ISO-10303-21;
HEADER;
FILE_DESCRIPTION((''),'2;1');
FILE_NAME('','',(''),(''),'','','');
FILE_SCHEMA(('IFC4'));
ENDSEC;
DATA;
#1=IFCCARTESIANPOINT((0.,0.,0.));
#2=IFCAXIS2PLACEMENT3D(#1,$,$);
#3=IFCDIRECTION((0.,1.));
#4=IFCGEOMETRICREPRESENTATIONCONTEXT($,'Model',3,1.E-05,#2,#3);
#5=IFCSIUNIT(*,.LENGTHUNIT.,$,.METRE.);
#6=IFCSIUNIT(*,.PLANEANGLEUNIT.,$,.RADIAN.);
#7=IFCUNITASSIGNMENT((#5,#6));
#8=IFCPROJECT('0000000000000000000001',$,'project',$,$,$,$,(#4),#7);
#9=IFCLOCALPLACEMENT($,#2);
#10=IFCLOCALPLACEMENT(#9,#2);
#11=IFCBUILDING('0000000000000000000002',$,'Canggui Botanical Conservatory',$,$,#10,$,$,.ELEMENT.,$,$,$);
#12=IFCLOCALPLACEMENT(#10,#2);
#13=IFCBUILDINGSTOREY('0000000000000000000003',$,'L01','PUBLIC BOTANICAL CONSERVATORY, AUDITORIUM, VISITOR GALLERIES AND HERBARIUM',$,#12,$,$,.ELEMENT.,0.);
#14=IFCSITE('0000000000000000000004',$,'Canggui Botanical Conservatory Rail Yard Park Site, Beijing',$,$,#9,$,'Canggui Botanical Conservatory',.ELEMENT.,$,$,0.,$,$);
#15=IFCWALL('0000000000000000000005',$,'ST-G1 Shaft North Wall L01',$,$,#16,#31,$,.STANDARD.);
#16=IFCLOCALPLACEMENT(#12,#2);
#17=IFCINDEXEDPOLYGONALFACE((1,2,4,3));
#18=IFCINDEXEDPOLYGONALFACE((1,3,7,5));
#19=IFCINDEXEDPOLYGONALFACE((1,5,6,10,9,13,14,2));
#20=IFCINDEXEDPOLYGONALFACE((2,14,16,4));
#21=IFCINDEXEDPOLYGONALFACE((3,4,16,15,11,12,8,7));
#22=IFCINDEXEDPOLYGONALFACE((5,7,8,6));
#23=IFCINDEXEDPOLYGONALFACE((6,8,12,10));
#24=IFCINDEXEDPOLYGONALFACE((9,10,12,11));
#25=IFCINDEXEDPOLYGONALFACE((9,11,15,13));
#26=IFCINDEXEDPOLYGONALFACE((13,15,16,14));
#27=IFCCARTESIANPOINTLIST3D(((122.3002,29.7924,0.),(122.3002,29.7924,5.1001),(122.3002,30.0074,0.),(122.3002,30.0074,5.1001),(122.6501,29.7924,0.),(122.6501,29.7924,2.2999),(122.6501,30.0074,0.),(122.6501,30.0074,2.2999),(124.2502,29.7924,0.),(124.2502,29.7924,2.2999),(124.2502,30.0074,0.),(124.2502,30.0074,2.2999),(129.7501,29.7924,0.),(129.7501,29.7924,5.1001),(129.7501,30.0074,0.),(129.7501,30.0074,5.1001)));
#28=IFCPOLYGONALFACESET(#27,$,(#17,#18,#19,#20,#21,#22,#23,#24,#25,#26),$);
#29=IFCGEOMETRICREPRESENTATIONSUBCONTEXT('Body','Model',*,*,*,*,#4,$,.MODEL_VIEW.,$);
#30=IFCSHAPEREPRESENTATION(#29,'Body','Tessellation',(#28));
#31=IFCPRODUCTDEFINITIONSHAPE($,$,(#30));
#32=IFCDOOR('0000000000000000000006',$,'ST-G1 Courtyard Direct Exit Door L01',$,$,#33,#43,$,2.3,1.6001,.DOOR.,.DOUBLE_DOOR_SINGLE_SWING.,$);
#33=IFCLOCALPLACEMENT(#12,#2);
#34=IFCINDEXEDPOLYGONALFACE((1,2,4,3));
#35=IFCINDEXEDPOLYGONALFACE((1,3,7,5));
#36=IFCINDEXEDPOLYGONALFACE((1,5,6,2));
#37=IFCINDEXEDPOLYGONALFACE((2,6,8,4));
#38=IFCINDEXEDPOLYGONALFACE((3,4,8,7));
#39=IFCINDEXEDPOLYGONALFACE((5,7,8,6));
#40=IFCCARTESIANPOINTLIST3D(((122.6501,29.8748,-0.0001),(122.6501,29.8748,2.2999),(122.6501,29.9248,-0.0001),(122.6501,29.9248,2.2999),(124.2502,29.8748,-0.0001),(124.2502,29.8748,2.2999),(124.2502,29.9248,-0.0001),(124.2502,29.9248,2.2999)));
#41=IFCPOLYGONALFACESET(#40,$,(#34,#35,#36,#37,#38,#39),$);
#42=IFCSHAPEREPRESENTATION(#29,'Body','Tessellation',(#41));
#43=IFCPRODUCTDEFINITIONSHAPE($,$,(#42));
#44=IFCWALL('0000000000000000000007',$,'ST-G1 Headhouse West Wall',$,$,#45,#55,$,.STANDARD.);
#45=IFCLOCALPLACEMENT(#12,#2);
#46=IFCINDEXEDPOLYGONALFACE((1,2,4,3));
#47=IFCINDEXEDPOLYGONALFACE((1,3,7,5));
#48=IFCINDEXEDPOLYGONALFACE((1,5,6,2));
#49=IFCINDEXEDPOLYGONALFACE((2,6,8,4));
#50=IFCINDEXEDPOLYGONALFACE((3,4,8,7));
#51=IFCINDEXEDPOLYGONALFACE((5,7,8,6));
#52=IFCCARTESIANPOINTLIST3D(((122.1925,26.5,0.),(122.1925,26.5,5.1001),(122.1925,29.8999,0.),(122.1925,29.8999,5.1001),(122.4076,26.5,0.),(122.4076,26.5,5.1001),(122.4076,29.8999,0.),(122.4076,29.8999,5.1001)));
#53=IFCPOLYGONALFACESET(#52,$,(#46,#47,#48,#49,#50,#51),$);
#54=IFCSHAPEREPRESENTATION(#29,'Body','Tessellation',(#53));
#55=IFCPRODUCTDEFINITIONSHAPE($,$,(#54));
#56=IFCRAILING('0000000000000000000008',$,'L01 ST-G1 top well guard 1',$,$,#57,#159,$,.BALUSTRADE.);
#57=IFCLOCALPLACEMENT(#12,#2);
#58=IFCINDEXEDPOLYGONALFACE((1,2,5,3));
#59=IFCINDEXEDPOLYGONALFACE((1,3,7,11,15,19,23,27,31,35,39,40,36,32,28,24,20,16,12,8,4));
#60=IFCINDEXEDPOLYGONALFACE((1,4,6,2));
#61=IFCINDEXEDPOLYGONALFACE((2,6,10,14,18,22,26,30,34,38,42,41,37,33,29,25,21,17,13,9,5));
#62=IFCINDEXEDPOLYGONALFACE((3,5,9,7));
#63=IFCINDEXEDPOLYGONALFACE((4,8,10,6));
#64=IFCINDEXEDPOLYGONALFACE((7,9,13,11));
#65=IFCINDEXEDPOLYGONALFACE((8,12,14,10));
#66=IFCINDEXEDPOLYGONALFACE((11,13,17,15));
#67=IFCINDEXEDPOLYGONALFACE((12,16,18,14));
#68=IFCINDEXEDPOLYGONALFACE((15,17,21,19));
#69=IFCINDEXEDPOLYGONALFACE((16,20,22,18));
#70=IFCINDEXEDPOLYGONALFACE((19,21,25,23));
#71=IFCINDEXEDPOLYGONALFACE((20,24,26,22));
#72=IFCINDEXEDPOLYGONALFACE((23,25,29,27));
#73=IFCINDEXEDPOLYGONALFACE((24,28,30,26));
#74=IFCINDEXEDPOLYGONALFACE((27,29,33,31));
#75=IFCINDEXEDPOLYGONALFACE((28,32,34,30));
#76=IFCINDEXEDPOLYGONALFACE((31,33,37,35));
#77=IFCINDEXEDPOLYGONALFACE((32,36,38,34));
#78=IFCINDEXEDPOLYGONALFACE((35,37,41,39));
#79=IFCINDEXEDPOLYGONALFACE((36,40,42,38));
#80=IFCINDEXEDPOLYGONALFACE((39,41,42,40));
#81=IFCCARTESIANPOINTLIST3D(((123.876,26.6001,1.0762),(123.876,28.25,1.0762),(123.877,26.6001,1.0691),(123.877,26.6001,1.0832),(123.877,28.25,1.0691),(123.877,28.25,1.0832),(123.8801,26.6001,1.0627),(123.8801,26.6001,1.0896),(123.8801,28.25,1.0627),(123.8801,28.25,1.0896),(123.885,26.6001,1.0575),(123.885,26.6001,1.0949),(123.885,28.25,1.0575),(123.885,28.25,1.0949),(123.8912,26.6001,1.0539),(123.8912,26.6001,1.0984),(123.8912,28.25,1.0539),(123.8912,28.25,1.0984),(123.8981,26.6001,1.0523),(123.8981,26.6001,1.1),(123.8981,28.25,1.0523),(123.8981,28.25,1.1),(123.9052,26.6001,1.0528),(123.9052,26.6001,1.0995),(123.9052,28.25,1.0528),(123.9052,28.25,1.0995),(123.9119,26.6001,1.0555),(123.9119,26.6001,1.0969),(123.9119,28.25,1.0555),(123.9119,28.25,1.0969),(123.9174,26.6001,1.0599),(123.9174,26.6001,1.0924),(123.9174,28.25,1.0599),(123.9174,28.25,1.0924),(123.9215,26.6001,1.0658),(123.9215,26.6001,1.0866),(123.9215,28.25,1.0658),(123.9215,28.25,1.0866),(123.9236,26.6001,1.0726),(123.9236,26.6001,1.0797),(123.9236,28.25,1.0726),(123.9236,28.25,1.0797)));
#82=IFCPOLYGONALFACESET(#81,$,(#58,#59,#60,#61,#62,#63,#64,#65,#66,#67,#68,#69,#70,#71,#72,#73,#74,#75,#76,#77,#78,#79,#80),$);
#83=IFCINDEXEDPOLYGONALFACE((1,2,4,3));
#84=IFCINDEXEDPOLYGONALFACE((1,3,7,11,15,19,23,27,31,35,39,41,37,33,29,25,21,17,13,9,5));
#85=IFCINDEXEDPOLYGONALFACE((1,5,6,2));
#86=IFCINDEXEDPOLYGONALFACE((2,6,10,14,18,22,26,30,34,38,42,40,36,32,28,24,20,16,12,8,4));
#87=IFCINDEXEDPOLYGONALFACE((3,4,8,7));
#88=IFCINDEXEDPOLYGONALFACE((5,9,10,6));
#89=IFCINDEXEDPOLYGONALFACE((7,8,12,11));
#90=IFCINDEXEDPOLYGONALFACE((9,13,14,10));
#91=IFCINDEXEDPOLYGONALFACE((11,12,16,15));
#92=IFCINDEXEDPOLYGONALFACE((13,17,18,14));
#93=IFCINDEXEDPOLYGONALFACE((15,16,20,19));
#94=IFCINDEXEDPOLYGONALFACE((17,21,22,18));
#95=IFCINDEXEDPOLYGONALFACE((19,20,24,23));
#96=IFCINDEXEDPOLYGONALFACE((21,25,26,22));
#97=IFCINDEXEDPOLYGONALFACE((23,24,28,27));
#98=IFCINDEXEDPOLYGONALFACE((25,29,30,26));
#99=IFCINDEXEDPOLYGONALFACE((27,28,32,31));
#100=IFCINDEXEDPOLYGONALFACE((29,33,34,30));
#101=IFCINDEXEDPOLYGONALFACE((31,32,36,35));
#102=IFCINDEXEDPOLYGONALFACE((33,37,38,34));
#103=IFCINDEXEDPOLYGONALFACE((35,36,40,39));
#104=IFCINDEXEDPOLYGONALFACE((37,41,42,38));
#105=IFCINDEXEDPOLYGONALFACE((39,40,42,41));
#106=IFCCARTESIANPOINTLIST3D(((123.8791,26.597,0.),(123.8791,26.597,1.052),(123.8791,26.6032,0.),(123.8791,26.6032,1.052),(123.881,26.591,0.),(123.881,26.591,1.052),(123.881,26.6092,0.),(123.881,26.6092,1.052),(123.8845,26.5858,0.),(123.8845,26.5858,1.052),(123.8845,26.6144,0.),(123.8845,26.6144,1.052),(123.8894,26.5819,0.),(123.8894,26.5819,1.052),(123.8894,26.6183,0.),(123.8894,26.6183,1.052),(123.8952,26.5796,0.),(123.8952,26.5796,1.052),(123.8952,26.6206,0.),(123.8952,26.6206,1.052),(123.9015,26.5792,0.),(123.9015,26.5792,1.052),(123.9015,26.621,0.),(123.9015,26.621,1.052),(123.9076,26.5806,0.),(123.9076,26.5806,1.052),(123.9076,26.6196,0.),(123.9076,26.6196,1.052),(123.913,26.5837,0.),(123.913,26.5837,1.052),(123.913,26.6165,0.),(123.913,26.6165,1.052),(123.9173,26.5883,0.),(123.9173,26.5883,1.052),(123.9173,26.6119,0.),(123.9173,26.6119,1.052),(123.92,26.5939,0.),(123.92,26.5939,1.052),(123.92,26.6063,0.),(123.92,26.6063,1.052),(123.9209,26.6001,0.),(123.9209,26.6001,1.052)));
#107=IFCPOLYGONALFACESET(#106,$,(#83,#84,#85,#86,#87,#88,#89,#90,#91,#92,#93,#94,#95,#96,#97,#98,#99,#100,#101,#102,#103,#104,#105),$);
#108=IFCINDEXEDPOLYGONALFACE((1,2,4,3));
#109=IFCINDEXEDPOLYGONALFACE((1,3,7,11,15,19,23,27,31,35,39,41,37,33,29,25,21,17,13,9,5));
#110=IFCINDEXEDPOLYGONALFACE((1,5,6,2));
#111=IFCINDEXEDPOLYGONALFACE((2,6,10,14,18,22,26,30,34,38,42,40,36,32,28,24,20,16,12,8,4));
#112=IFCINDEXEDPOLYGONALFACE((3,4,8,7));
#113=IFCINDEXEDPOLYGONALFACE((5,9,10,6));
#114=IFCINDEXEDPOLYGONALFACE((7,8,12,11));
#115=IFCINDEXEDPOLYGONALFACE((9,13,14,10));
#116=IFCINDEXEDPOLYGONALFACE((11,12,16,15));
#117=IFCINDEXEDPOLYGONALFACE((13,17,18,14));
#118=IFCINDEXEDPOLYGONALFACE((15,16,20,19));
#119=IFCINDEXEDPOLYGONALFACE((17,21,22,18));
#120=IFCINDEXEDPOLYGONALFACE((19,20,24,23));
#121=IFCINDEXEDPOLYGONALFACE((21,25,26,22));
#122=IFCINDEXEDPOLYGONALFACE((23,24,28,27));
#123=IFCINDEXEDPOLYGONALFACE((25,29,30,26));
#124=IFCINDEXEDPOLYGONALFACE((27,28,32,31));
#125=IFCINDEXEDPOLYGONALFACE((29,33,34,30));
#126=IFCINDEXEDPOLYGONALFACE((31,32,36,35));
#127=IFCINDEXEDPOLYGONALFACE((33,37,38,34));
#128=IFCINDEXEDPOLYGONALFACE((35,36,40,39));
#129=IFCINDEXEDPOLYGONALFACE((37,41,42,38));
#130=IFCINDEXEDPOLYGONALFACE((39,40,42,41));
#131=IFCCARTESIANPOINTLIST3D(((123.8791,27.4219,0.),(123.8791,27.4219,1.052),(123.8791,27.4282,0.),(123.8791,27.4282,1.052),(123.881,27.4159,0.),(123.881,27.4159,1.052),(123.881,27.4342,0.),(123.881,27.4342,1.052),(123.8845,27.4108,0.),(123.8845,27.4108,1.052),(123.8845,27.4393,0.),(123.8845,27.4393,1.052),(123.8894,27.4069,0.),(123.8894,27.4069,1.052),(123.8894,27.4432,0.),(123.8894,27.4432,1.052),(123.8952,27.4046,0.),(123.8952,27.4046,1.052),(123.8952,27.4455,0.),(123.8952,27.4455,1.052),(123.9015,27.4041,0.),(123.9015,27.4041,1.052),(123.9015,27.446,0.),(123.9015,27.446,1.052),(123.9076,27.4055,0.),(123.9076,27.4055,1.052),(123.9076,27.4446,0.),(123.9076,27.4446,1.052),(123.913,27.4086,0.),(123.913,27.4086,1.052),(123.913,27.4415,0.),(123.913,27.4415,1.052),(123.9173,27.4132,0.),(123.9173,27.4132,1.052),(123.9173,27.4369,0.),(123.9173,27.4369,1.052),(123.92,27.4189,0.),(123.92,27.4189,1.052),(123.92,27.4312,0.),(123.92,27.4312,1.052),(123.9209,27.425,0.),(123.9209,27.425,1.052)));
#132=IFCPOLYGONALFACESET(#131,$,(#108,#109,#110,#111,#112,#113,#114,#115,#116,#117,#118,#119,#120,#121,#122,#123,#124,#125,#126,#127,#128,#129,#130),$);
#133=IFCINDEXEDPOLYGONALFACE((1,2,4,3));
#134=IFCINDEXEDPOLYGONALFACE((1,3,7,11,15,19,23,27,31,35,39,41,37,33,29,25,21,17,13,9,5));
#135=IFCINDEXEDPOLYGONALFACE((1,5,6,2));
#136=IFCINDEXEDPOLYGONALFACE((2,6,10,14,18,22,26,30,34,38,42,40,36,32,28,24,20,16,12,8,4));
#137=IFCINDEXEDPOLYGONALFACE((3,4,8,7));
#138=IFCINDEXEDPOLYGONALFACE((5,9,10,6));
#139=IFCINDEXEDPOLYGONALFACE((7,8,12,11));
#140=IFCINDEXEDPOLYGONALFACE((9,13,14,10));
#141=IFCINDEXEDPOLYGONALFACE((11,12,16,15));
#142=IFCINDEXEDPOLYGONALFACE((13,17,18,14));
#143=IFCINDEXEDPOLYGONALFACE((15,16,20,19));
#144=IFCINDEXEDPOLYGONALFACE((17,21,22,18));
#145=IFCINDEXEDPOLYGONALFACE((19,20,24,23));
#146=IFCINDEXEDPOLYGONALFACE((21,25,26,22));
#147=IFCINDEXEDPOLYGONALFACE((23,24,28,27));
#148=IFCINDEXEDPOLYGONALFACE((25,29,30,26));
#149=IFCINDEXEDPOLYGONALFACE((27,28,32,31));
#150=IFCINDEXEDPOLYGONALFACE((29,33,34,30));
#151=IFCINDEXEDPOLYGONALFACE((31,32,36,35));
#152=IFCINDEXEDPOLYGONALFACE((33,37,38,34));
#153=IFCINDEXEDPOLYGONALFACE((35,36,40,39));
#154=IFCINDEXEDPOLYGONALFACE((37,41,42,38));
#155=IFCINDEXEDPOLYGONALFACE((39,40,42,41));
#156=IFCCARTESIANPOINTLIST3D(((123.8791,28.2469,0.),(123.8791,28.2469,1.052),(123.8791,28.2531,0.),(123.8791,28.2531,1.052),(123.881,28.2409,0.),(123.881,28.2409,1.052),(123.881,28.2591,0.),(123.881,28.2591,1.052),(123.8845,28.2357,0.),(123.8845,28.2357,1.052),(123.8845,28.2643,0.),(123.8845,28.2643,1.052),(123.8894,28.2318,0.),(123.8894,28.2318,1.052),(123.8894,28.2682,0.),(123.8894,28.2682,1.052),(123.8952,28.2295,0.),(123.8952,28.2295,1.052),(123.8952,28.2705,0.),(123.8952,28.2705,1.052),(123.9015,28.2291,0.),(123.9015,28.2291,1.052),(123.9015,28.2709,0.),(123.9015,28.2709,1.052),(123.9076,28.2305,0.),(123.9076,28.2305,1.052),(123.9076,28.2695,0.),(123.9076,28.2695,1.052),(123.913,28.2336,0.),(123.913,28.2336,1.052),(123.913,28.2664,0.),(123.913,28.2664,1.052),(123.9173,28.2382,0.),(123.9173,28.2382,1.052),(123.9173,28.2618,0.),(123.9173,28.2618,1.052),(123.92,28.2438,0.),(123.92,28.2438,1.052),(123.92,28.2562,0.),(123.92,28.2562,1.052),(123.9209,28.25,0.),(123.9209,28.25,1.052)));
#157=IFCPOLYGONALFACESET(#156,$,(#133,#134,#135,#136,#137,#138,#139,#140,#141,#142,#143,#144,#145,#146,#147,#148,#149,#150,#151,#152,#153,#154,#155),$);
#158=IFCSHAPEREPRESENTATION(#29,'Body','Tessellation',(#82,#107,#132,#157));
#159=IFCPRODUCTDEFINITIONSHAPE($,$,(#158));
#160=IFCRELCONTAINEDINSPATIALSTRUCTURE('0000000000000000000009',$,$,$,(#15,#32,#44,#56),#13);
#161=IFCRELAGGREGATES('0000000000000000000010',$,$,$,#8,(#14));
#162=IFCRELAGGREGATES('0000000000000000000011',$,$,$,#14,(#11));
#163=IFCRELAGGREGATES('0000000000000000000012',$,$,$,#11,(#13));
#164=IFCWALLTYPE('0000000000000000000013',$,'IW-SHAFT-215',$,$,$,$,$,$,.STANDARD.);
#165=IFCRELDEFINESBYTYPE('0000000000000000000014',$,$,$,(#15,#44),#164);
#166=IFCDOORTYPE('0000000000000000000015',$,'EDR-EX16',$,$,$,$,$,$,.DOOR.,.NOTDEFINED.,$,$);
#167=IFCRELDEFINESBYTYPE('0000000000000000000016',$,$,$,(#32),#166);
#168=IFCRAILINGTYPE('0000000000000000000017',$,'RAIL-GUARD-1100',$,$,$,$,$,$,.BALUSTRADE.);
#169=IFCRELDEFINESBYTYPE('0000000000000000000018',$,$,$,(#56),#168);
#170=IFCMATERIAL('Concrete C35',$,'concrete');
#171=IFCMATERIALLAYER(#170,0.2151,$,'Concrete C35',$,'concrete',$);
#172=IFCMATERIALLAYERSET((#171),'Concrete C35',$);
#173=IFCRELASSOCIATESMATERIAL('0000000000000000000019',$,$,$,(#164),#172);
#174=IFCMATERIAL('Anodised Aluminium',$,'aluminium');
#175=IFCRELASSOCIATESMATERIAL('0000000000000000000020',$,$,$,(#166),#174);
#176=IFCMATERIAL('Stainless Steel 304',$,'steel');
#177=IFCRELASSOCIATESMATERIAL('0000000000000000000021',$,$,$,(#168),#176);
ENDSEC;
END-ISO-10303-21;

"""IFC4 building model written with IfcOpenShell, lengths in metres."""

from ifc_helpers import new_model, si_unit, direction, frame, frame_2d, origin, origin_2d, place, context, subcontext, project, spatial, rectangle, circle, extrude, material, layer, layer_set, type_object, element, fill, save


model = new_model("IFC4")

# Units and contexts
model_context = context("Model", 3, precision=1e-05, world=origin(), true_north=direction((0.0, 1.0)))
body_context = subcontext(model_context, "Body", "Model", "MODEL_VIEW")
ifc_project = project(units=[si_unit("LENGTHUNIT", "METRE"), si_unit("PLANEANGLEUNIT", "RADIAN")], contexts=[model_context])

# Site, building, storey
site_placement = place(None, origin())
site = spatial("IfcSite", under=ifc_project, at=site_placement, Name="Canggui Botanical Conservatory Rail Yard Park Site, Beijing", LongName="Canggui Botanical Conservatory", CompositionType="ELEMENT", RefElevation=0.0)
building_placement = place(site_placement, origin())
building = spatial("IfcBuilding", under=site, at=building_placement, Name="Canggui Botanical Conservatory", CompositionType="ELEMENT")
storey_placement = place(building_placement, origin())
storey = spatial("IfcBuildingStorey", under=building, at=storey_placement, Name="L01", Description="PUBLIC BOTANICAL CONSERVATORY, AUDITORIUM, VISITOR GALLERIES AND HERBARIUM", CompositionType="ELEMENT", Elevation=0.0)

# Shared definitions
ifc_material_1 = material(Name="Concrete C35", Category="concrete")

# Wall, opening, door
ifc_layer = layer(ifc_material_1, 0.2151, Name="Concrete C35", Category="concrete")
ifc_layer_set = layer_set([ifc_layer], Name="Concrete C35")
wall_type = type_object("IfcWallType", Name="IW-SHAFT-215", PredefinedType="STANDARD", material=ifc_layer_set)
wall_1_placement = place(storey_placement, frame((122.3, 29.8999, 0.0), z_axis=(0.0, 0.0, 1.0), x_axis=(1.0, 0.0, 0.0)))
wall_1 = element("IfcWall", 1, at=wall_1_placement, inside=storey, type_object=wall_type, Name="ST-G1 Shaft North Wall L01", PredefinedType="STANDARD", context=body_context, shape_type="SweptSolid", body=[
    extrude(rectangle(XDim=7.45, YDim=0.2151, at=frame_2d((3.7251, 0.0))), origin(), (0.0, 0.0, 1.0), 5.1001),
])
opening_placement = place(wall_1_placement, frame((0.3501, 0.0, 0.0)))
opening = element("IfcOpeningElement", 2, at=opening_placement, cuts=wall_1, PredefinedType="OPENING", context=body_context, shape_type="SweptSolid", body=[
    extrude(rectangle(XDim=1.6001, YDim=2.3, at=frame_2d((0.8, 1.1499))), frame((0.0, 0.1177, 0.0), z_axis=(0.0, -1.0, 0.0), x_axis=(1.0, 0.0, 0.0)), (0.0, 0.0, 1.0), 0.2351),
])
ifc_material_2 = material(Name="Anodised Aluminium", Category="aluminium")
door_type = type_object("IfcDoorType", Name="EDR-EX16", OperationType="NOTDEFINED", PredefinedType="DOOR", material=ifc_material_2)
door_placement = place(opening_placement, origin())
door = element("IfcDoor", 3, at=door_placement, inside=storey, type_object=door_type, Name="ST-G1 Courtyard Direct Exit Door L01", OperationType="DOUBLE_DOOR_SINGLE_SWING", OverallHeight=2.3, OverallWidth=1.6001, PredefinedType="DOOR", context=body_context, shape_type="SweptSolid", body=[
    extrude(rectangle(XDim=1.6001, YDim=2.3, at=frame_2d((0.8, 1.1499))), frame((0.0, 0.0249, 0.0), z_axis=(0.0, -1.0, 0.0), x_axis=(1.0, 0.0, 0.0)), (0.0, 0.0, 1.0), 0.05),
])
fill(opening, door)

# Wall
wall_2_placement = place(storey_placement, frame((122.3, 26.5, 0.0), z_axis=(0.0, 0.0, 1.0), x_axis=(0.0, 1.0, 0.0)))
element("IfcWall", 4, at=wall_2_placement, inside=storey, type_object=wall_type, Name="ST-G1 Headhouse West Wall", PredefinedType="STANDARD", context=body_context, shape_type="SweptSolid", body=[
    extrude(rectangle(XDim=3.3999, YDim=0.2151, at=frame_2d((1.7, 0.0))), origin(), (0.0, 0.0, 1.0), 5.1001),
])

# Railing
ifc_material_3 = material(Name="Stainless Steel 304", Category="steel")
railing_type = type_object("IfcRailingType", Name="RAIL-GUARD-1100", PredefinedType="BALUSTRADE", material=ifc_material_3)
railing_placement = place(storey_placement, frame((123.8999, 26.6001, 0.0)))
element("IfcRailing", 5, at=railing_placement, inside=storey, type_object=railing_type, Name="L01 ST-G1 top well guard 1", PredefinedType="BALUSTRADE", context=body_context, shape_type="SweptSolid", body=[
    extrude(circle(Radius=0.0239, at=origin_2d()), frame((0.0, 0.0, 1.0762), z_axis=(0.0, 1.0, 0.0), x_axis=(-1.0, 0.0, 0.0)), (0.0, 0.0, 1.0), 1.6499),
    extrude(circle(Radius=0.021, at=origin_2d()), origin(), (0.0, 0.0, 1.0), 1.052),
    extrude(circle(Radius=0.021, at=origin_2d()), frame((0.0, 0.825, 0.0)), (0.0, 0.0, 1.0), 1.052),
    extrude(circle(Radius=0.021, at=origin_2d()), frame((0.0, 1.6499, 0.0)), (0.0, 0.0, 1.0), 1.052),
])

save(model, "model.ifc")
